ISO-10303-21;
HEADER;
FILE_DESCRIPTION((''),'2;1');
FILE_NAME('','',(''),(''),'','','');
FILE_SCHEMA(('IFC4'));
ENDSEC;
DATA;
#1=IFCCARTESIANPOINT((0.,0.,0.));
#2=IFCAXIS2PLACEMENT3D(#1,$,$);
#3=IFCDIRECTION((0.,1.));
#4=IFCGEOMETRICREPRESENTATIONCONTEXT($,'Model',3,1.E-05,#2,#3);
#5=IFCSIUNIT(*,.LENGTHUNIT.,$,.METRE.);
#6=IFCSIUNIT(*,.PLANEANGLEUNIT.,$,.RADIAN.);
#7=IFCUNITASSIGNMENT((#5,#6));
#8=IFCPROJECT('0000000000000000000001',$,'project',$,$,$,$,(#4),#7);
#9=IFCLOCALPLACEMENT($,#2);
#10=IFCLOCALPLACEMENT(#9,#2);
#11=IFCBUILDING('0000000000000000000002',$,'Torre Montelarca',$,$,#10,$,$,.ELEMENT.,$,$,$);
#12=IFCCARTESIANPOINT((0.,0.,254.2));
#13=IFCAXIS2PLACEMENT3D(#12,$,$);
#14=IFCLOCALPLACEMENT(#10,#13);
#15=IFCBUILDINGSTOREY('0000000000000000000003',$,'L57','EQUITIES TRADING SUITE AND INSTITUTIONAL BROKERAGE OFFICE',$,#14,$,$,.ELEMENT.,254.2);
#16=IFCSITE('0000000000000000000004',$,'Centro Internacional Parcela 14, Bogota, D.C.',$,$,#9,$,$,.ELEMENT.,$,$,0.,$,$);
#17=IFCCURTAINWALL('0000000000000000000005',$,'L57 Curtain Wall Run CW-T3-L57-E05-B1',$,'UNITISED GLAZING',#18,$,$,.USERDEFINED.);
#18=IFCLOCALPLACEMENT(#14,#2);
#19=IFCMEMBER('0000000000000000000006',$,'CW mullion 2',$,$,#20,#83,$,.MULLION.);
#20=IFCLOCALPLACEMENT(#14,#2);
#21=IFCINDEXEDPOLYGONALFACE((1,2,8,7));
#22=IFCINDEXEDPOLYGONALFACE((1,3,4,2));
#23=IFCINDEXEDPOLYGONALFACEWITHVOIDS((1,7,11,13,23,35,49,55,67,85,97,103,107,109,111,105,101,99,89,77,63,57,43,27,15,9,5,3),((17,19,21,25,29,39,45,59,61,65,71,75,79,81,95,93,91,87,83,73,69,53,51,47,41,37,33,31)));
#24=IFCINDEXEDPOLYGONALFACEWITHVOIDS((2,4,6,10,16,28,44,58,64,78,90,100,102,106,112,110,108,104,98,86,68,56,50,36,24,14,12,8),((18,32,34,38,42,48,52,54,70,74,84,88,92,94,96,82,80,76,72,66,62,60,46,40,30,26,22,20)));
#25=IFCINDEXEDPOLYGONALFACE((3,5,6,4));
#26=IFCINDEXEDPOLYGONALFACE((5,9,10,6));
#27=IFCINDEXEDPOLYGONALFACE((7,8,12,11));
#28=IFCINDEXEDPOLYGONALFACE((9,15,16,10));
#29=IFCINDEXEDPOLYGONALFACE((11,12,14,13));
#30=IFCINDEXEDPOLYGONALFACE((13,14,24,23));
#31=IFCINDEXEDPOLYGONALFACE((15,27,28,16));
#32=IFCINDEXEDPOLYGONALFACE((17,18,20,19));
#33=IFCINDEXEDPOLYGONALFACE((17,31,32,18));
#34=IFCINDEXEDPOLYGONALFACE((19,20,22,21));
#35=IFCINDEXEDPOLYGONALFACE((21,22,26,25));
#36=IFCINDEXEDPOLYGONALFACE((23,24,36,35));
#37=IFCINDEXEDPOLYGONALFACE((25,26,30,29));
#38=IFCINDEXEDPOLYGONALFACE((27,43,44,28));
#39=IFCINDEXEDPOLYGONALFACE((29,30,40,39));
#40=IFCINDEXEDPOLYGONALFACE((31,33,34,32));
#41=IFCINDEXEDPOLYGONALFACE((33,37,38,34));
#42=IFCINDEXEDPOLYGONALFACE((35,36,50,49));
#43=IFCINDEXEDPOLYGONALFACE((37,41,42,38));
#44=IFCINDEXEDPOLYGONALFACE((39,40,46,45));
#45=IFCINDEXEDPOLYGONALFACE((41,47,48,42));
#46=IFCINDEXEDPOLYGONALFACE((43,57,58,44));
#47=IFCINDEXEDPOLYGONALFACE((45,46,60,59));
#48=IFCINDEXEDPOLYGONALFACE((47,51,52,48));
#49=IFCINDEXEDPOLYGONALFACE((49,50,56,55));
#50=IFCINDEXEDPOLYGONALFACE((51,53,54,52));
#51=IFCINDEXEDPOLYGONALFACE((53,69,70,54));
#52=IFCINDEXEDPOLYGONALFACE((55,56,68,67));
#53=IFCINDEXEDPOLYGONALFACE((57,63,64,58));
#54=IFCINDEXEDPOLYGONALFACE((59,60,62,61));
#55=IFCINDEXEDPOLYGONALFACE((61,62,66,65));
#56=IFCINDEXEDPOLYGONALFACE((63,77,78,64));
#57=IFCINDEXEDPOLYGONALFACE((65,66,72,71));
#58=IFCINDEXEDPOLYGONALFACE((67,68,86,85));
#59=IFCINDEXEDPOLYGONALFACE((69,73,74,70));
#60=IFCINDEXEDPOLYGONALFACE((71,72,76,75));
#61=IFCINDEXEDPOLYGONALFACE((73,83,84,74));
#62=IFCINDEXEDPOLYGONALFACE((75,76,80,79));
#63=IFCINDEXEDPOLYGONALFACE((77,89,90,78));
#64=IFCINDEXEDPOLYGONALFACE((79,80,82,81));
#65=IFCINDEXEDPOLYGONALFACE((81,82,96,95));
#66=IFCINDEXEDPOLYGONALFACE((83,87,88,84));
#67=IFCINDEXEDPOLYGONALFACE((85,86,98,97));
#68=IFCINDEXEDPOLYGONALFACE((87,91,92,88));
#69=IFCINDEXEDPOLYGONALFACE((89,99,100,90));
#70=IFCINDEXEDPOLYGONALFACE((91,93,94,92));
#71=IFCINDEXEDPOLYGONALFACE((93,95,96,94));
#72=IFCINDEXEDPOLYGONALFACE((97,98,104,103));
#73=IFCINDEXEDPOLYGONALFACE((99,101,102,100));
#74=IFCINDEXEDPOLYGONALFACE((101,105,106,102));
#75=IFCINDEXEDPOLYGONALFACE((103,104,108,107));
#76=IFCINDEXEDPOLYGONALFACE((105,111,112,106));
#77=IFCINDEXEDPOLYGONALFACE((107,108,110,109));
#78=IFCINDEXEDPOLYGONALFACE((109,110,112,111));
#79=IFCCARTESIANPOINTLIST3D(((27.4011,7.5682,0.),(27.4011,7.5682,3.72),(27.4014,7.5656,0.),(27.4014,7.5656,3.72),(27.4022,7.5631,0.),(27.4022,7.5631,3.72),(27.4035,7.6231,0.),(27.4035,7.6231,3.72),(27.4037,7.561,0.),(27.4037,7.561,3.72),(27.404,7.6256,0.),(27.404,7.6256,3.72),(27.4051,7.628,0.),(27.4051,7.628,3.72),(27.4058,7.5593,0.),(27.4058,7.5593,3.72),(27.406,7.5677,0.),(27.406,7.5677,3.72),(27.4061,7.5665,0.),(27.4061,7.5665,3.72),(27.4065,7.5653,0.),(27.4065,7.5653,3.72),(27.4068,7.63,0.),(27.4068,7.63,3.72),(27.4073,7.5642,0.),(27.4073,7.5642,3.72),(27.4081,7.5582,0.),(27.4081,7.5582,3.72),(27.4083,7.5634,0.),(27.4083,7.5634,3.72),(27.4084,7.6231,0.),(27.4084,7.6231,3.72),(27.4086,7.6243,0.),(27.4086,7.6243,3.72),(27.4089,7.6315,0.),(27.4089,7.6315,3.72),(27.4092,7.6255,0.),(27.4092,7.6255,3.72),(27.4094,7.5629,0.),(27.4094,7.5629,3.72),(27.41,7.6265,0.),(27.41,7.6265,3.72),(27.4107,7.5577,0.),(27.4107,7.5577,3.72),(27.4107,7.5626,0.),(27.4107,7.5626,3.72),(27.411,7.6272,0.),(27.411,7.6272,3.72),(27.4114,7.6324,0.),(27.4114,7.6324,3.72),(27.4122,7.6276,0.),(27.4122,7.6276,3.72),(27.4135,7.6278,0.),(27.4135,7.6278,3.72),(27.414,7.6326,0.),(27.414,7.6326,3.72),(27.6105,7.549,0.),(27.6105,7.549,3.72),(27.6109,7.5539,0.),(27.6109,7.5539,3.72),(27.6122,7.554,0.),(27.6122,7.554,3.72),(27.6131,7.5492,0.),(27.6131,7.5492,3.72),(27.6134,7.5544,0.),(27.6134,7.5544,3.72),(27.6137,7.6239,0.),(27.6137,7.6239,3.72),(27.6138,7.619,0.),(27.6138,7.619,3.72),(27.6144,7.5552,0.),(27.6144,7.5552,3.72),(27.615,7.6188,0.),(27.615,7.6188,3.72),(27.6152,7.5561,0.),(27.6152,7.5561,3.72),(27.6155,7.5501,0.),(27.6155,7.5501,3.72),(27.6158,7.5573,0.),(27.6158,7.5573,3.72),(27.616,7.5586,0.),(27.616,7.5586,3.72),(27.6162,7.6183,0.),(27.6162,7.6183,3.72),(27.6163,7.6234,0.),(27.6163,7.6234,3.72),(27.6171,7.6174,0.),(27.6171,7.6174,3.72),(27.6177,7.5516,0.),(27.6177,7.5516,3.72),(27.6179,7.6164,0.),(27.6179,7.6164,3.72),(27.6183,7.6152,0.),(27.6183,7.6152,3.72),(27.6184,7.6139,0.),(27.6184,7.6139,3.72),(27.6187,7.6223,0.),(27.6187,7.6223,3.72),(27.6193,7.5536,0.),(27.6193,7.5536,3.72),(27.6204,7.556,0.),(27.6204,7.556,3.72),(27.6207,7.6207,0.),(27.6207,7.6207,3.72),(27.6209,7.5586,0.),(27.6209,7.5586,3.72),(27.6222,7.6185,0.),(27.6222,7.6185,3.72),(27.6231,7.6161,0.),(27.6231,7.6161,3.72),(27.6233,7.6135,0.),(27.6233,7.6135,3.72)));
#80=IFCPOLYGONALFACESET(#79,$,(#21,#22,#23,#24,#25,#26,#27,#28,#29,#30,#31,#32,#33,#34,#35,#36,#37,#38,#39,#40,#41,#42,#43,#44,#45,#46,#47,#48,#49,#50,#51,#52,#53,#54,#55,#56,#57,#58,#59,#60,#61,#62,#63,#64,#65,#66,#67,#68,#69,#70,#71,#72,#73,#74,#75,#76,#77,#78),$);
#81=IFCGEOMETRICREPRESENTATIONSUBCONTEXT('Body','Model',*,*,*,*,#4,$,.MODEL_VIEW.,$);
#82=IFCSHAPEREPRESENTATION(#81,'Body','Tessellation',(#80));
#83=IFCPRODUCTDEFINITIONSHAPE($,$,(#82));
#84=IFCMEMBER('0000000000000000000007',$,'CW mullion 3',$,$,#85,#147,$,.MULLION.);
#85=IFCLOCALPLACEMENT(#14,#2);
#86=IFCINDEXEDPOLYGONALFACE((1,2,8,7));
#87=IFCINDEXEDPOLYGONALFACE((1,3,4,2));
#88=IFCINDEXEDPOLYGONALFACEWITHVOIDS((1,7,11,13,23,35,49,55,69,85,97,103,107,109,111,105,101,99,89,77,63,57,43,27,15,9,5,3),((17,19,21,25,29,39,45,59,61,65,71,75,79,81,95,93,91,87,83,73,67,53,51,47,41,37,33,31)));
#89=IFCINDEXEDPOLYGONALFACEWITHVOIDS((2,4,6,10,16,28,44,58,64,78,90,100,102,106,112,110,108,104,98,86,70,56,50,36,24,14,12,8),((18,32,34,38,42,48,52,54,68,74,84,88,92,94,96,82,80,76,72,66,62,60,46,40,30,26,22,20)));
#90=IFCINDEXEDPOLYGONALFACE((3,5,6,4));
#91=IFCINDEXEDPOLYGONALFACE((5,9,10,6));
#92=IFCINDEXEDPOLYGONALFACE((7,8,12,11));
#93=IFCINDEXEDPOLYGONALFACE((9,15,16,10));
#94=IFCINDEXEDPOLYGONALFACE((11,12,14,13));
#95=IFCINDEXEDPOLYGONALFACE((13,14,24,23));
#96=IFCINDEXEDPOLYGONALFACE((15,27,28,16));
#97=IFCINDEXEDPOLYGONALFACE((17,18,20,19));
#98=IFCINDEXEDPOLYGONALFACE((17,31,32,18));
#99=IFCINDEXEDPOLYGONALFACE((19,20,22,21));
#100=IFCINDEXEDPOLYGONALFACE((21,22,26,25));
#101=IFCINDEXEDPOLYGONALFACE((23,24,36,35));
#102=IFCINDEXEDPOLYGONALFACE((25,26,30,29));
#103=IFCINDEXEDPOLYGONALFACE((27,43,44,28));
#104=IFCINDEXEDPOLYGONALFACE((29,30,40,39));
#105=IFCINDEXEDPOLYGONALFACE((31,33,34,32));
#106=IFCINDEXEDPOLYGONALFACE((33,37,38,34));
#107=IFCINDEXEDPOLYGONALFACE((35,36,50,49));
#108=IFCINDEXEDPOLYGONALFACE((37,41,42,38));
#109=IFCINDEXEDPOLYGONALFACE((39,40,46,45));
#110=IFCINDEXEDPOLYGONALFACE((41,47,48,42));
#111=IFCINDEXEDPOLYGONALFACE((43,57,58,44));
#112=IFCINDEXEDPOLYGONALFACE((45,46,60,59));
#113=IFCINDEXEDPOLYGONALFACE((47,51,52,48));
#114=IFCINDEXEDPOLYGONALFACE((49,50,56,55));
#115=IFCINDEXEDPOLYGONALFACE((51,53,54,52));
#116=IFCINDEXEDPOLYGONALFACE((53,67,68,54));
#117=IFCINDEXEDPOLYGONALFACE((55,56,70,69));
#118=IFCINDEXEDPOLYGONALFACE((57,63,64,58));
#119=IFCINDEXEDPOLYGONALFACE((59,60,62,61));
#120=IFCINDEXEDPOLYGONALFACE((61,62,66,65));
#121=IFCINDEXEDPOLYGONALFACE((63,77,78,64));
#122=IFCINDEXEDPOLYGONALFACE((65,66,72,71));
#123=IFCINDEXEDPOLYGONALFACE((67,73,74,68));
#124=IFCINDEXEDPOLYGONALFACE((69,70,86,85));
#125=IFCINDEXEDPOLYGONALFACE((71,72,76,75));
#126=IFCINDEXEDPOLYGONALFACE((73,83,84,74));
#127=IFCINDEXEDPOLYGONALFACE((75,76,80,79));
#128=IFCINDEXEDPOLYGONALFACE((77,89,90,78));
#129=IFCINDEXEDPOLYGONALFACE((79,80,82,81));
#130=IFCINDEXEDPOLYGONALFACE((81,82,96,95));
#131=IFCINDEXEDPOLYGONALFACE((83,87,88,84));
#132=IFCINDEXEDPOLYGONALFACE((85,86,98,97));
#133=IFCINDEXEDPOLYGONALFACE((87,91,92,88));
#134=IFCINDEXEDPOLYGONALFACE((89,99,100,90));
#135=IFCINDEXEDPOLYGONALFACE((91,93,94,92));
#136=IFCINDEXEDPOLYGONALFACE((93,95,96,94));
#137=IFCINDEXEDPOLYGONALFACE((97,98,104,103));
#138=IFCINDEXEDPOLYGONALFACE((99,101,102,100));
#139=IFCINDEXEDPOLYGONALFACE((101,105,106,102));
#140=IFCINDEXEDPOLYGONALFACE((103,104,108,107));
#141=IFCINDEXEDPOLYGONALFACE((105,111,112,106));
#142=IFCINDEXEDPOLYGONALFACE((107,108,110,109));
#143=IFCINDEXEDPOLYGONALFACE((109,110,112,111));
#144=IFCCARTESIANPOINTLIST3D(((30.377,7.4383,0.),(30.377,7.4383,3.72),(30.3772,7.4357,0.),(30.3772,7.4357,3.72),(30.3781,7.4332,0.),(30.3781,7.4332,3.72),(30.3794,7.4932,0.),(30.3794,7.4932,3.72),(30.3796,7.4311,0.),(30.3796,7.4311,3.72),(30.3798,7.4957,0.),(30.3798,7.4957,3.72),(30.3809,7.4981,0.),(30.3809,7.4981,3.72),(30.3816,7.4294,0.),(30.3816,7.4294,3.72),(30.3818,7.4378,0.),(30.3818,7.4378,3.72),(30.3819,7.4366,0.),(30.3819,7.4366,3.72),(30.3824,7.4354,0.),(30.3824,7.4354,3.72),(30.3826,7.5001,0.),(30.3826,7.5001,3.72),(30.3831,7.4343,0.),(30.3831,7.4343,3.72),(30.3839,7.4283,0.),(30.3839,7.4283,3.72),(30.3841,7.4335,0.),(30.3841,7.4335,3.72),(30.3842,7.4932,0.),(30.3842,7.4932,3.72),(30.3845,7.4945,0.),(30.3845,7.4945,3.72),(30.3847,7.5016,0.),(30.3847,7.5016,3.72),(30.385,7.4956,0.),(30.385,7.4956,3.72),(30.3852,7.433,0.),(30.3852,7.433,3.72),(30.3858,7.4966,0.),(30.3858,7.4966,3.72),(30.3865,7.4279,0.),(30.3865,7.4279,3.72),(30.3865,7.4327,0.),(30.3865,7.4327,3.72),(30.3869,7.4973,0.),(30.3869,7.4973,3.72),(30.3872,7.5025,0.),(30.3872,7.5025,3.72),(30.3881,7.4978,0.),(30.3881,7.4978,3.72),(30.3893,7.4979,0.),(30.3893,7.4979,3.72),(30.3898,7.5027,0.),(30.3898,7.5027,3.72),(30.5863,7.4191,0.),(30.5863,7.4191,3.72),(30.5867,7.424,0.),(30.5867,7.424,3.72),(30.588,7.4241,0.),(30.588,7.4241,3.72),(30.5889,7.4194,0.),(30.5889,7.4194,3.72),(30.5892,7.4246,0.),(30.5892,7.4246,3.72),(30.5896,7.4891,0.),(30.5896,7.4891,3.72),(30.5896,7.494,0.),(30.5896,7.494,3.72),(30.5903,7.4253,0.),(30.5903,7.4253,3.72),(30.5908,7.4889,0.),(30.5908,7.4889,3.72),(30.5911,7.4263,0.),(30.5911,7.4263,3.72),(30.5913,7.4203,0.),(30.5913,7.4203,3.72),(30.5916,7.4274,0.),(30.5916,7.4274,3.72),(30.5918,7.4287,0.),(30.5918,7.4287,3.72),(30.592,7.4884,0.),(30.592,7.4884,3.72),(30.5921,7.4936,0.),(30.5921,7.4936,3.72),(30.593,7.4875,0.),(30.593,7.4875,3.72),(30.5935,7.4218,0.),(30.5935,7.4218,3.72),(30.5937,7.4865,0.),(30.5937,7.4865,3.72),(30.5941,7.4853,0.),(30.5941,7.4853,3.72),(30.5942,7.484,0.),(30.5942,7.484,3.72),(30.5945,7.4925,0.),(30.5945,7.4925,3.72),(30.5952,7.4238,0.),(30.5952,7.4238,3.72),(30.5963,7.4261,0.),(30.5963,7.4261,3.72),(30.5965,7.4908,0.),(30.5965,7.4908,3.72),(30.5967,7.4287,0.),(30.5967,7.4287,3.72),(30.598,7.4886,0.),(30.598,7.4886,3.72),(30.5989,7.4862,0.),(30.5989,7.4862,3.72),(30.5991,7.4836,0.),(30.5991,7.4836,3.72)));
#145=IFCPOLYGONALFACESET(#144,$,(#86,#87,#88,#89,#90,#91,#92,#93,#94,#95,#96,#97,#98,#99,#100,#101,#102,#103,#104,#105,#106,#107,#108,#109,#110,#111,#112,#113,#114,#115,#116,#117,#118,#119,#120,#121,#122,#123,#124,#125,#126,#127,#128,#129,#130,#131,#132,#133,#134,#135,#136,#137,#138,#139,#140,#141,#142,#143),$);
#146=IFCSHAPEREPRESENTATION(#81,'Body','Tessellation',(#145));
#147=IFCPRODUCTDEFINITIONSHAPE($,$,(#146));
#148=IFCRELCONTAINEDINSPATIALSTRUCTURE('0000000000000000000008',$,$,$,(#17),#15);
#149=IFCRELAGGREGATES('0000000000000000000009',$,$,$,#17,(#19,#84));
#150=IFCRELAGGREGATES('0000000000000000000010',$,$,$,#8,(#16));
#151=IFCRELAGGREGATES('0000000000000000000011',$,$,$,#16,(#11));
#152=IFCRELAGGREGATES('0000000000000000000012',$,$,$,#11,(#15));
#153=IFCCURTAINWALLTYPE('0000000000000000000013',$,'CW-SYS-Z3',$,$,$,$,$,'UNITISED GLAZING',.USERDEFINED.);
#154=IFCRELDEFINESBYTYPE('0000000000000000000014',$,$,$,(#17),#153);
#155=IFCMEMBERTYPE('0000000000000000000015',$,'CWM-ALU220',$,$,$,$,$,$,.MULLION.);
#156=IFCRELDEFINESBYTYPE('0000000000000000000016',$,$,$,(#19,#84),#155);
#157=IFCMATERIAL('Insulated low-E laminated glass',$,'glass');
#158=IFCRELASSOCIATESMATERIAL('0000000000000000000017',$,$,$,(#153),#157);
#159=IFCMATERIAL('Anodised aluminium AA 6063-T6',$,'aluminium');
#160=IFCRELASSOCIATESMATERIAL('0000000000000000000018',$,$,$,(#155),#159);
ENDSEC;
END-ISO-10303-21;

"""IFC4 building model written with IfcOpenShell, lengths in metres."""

from ifc_helpers import new_model, si_unit, direction, frame, origin, origin_2d, place, context, subcontext, project, spatial, hollow_rectangle, extrude, source, transform, mapped, material, material_profile, profile_set, type_object, element, aggregate, save


model = new_model("IFC4")

# Units and contexts
model_context = context("Model", 3, precision=1e-05, world=origin(), true_north=direction((0.0, 1.0)))
body_context = subcontext(model_context, "Body", "Model", "MODEL_VIEW")
ifc_project = project(units=[si_unit("LENGTHUNIT", "METRE"), si_unit("PLANEANGLEUNIT", "RADIAN")], contexts=[model_context])

# Site, building, storey
site_placement = place(None, origin())
site = spatial("IfcSite", under=ifc_project, at=site_placement, Name="Centro Internacional Parcela 14, Bogota, D.C.", CompositionType="ELEMENT", RefElevation=0.0)
building_placement = place(site_placement, origin())
building = spatial("IfcBuilding", under=site, at=building_placement, Name="Torre Montelarca", CompositionType="ELEMENT")
storey_placement = place(building_placement, frame((0.0, 0.0, 254.2)))
storey = spatial("IfcBuildingStorey", under=building, at=storey_placement, Name="L57", Description="EQUITIES TRADING SUITE AND INSTITUTIONAL BROKERAGE OFFICE", CompositionType="ELEMENT", Elevation=254.2)

# Curtain wall
ifc_material_1 = material(Name="Insulated low-E laminated glass", Category="glass")
curtain_wall_type = type_object("IfcCurtainWallType", Name="CW-SYS-Z3", ElementType="UNITISED GLAZING", PredefinedType="USERDEFINED", material=ifc_material_1)
curtain_wall_1_placement = place(storey_placement, origin())
curtain_wall_1 = element("IfcCurtainWall", 1, at=curtain_wall_1_placement, inside=storey, type_object=curtain_wall_type, Name="L57 Curtain Wall Run CW-T3-L57-E05-B1", ObjectType="UNITISED GLAZING", PredefinedType="USERDEFINED")
ifc_material_2 = material(Name="Anodised aluminium AA 6063-T6", Category="aluminium")
ifc_material_profile_1 = material_profile(ifc_material_2, hollow_rectangle(XDim=0.075, YDim=0.22, WallThickness=0.0049, InnerFilletRadius=0.0049, OuterFilletRadius=0.01, at=origin_2d()), Name="ALU75X220X5", Category="aluminium")
ifc_profile_set_1 = profile_set([ifc_material_profile_1], Name="Anodised aluminium AA 6063-T6")
member_type_1 = type_object("IfcMemberType", Name="CWM-ALU220", PredefinedType="MULLION", material=ifc_profile_set_1)
shared_shape_1 = source(origin(), body_context, "Body", "SweptSolid", [
    extrude(hollow_rectangle(XDim=0.075, YDim=0.22, WallThickness=0.0049, InnerFilletRadius=0.0049, OuterFilletRadius=0.01, at=origin_2d()), origin(), (0.0, 0.0, 1.0), 3.72),
])

# Members
member_1_placement = place(storey_placement, frame((27.5122, 7.5908, 0.0), z_axis=(0.0, 0.0, 1.0), x_axis=(0.043616, 0.999048, 0.0)))
member_1 = element("IfcMember", 2, at=member_1_placement, type_object=member_type_1, Name="CW mullion 2", PredefinedType="MULLION", context=body_context, shape_type="MappedRepresentation", body=[
    mapped(shared_shape_1, transform((0.0, 0.0, 0.0), scale=1.0)),
])
member_2_placement = place(storey_placement, frame((30.488, 7.4609, 0.0), z_axis=(0.0, 0.0, 1.0), x_axis=(0.043616, 0.999048, 0.0)))
member_2 = element("IfcMember", 3, at=member_2_placement, type_object=member_type_1, Name="CW mullion 3", PredefinedType="MULLION", context=body_context, shape_type="MappedRepresentation", body=[
    mapped(shared_shape_1, transform((0.0, 0.0, 0.0), scale=1.0)),
])

aggregate(curtain_wall_1, [member_1, member_2])

save(model, "model.ifc")
